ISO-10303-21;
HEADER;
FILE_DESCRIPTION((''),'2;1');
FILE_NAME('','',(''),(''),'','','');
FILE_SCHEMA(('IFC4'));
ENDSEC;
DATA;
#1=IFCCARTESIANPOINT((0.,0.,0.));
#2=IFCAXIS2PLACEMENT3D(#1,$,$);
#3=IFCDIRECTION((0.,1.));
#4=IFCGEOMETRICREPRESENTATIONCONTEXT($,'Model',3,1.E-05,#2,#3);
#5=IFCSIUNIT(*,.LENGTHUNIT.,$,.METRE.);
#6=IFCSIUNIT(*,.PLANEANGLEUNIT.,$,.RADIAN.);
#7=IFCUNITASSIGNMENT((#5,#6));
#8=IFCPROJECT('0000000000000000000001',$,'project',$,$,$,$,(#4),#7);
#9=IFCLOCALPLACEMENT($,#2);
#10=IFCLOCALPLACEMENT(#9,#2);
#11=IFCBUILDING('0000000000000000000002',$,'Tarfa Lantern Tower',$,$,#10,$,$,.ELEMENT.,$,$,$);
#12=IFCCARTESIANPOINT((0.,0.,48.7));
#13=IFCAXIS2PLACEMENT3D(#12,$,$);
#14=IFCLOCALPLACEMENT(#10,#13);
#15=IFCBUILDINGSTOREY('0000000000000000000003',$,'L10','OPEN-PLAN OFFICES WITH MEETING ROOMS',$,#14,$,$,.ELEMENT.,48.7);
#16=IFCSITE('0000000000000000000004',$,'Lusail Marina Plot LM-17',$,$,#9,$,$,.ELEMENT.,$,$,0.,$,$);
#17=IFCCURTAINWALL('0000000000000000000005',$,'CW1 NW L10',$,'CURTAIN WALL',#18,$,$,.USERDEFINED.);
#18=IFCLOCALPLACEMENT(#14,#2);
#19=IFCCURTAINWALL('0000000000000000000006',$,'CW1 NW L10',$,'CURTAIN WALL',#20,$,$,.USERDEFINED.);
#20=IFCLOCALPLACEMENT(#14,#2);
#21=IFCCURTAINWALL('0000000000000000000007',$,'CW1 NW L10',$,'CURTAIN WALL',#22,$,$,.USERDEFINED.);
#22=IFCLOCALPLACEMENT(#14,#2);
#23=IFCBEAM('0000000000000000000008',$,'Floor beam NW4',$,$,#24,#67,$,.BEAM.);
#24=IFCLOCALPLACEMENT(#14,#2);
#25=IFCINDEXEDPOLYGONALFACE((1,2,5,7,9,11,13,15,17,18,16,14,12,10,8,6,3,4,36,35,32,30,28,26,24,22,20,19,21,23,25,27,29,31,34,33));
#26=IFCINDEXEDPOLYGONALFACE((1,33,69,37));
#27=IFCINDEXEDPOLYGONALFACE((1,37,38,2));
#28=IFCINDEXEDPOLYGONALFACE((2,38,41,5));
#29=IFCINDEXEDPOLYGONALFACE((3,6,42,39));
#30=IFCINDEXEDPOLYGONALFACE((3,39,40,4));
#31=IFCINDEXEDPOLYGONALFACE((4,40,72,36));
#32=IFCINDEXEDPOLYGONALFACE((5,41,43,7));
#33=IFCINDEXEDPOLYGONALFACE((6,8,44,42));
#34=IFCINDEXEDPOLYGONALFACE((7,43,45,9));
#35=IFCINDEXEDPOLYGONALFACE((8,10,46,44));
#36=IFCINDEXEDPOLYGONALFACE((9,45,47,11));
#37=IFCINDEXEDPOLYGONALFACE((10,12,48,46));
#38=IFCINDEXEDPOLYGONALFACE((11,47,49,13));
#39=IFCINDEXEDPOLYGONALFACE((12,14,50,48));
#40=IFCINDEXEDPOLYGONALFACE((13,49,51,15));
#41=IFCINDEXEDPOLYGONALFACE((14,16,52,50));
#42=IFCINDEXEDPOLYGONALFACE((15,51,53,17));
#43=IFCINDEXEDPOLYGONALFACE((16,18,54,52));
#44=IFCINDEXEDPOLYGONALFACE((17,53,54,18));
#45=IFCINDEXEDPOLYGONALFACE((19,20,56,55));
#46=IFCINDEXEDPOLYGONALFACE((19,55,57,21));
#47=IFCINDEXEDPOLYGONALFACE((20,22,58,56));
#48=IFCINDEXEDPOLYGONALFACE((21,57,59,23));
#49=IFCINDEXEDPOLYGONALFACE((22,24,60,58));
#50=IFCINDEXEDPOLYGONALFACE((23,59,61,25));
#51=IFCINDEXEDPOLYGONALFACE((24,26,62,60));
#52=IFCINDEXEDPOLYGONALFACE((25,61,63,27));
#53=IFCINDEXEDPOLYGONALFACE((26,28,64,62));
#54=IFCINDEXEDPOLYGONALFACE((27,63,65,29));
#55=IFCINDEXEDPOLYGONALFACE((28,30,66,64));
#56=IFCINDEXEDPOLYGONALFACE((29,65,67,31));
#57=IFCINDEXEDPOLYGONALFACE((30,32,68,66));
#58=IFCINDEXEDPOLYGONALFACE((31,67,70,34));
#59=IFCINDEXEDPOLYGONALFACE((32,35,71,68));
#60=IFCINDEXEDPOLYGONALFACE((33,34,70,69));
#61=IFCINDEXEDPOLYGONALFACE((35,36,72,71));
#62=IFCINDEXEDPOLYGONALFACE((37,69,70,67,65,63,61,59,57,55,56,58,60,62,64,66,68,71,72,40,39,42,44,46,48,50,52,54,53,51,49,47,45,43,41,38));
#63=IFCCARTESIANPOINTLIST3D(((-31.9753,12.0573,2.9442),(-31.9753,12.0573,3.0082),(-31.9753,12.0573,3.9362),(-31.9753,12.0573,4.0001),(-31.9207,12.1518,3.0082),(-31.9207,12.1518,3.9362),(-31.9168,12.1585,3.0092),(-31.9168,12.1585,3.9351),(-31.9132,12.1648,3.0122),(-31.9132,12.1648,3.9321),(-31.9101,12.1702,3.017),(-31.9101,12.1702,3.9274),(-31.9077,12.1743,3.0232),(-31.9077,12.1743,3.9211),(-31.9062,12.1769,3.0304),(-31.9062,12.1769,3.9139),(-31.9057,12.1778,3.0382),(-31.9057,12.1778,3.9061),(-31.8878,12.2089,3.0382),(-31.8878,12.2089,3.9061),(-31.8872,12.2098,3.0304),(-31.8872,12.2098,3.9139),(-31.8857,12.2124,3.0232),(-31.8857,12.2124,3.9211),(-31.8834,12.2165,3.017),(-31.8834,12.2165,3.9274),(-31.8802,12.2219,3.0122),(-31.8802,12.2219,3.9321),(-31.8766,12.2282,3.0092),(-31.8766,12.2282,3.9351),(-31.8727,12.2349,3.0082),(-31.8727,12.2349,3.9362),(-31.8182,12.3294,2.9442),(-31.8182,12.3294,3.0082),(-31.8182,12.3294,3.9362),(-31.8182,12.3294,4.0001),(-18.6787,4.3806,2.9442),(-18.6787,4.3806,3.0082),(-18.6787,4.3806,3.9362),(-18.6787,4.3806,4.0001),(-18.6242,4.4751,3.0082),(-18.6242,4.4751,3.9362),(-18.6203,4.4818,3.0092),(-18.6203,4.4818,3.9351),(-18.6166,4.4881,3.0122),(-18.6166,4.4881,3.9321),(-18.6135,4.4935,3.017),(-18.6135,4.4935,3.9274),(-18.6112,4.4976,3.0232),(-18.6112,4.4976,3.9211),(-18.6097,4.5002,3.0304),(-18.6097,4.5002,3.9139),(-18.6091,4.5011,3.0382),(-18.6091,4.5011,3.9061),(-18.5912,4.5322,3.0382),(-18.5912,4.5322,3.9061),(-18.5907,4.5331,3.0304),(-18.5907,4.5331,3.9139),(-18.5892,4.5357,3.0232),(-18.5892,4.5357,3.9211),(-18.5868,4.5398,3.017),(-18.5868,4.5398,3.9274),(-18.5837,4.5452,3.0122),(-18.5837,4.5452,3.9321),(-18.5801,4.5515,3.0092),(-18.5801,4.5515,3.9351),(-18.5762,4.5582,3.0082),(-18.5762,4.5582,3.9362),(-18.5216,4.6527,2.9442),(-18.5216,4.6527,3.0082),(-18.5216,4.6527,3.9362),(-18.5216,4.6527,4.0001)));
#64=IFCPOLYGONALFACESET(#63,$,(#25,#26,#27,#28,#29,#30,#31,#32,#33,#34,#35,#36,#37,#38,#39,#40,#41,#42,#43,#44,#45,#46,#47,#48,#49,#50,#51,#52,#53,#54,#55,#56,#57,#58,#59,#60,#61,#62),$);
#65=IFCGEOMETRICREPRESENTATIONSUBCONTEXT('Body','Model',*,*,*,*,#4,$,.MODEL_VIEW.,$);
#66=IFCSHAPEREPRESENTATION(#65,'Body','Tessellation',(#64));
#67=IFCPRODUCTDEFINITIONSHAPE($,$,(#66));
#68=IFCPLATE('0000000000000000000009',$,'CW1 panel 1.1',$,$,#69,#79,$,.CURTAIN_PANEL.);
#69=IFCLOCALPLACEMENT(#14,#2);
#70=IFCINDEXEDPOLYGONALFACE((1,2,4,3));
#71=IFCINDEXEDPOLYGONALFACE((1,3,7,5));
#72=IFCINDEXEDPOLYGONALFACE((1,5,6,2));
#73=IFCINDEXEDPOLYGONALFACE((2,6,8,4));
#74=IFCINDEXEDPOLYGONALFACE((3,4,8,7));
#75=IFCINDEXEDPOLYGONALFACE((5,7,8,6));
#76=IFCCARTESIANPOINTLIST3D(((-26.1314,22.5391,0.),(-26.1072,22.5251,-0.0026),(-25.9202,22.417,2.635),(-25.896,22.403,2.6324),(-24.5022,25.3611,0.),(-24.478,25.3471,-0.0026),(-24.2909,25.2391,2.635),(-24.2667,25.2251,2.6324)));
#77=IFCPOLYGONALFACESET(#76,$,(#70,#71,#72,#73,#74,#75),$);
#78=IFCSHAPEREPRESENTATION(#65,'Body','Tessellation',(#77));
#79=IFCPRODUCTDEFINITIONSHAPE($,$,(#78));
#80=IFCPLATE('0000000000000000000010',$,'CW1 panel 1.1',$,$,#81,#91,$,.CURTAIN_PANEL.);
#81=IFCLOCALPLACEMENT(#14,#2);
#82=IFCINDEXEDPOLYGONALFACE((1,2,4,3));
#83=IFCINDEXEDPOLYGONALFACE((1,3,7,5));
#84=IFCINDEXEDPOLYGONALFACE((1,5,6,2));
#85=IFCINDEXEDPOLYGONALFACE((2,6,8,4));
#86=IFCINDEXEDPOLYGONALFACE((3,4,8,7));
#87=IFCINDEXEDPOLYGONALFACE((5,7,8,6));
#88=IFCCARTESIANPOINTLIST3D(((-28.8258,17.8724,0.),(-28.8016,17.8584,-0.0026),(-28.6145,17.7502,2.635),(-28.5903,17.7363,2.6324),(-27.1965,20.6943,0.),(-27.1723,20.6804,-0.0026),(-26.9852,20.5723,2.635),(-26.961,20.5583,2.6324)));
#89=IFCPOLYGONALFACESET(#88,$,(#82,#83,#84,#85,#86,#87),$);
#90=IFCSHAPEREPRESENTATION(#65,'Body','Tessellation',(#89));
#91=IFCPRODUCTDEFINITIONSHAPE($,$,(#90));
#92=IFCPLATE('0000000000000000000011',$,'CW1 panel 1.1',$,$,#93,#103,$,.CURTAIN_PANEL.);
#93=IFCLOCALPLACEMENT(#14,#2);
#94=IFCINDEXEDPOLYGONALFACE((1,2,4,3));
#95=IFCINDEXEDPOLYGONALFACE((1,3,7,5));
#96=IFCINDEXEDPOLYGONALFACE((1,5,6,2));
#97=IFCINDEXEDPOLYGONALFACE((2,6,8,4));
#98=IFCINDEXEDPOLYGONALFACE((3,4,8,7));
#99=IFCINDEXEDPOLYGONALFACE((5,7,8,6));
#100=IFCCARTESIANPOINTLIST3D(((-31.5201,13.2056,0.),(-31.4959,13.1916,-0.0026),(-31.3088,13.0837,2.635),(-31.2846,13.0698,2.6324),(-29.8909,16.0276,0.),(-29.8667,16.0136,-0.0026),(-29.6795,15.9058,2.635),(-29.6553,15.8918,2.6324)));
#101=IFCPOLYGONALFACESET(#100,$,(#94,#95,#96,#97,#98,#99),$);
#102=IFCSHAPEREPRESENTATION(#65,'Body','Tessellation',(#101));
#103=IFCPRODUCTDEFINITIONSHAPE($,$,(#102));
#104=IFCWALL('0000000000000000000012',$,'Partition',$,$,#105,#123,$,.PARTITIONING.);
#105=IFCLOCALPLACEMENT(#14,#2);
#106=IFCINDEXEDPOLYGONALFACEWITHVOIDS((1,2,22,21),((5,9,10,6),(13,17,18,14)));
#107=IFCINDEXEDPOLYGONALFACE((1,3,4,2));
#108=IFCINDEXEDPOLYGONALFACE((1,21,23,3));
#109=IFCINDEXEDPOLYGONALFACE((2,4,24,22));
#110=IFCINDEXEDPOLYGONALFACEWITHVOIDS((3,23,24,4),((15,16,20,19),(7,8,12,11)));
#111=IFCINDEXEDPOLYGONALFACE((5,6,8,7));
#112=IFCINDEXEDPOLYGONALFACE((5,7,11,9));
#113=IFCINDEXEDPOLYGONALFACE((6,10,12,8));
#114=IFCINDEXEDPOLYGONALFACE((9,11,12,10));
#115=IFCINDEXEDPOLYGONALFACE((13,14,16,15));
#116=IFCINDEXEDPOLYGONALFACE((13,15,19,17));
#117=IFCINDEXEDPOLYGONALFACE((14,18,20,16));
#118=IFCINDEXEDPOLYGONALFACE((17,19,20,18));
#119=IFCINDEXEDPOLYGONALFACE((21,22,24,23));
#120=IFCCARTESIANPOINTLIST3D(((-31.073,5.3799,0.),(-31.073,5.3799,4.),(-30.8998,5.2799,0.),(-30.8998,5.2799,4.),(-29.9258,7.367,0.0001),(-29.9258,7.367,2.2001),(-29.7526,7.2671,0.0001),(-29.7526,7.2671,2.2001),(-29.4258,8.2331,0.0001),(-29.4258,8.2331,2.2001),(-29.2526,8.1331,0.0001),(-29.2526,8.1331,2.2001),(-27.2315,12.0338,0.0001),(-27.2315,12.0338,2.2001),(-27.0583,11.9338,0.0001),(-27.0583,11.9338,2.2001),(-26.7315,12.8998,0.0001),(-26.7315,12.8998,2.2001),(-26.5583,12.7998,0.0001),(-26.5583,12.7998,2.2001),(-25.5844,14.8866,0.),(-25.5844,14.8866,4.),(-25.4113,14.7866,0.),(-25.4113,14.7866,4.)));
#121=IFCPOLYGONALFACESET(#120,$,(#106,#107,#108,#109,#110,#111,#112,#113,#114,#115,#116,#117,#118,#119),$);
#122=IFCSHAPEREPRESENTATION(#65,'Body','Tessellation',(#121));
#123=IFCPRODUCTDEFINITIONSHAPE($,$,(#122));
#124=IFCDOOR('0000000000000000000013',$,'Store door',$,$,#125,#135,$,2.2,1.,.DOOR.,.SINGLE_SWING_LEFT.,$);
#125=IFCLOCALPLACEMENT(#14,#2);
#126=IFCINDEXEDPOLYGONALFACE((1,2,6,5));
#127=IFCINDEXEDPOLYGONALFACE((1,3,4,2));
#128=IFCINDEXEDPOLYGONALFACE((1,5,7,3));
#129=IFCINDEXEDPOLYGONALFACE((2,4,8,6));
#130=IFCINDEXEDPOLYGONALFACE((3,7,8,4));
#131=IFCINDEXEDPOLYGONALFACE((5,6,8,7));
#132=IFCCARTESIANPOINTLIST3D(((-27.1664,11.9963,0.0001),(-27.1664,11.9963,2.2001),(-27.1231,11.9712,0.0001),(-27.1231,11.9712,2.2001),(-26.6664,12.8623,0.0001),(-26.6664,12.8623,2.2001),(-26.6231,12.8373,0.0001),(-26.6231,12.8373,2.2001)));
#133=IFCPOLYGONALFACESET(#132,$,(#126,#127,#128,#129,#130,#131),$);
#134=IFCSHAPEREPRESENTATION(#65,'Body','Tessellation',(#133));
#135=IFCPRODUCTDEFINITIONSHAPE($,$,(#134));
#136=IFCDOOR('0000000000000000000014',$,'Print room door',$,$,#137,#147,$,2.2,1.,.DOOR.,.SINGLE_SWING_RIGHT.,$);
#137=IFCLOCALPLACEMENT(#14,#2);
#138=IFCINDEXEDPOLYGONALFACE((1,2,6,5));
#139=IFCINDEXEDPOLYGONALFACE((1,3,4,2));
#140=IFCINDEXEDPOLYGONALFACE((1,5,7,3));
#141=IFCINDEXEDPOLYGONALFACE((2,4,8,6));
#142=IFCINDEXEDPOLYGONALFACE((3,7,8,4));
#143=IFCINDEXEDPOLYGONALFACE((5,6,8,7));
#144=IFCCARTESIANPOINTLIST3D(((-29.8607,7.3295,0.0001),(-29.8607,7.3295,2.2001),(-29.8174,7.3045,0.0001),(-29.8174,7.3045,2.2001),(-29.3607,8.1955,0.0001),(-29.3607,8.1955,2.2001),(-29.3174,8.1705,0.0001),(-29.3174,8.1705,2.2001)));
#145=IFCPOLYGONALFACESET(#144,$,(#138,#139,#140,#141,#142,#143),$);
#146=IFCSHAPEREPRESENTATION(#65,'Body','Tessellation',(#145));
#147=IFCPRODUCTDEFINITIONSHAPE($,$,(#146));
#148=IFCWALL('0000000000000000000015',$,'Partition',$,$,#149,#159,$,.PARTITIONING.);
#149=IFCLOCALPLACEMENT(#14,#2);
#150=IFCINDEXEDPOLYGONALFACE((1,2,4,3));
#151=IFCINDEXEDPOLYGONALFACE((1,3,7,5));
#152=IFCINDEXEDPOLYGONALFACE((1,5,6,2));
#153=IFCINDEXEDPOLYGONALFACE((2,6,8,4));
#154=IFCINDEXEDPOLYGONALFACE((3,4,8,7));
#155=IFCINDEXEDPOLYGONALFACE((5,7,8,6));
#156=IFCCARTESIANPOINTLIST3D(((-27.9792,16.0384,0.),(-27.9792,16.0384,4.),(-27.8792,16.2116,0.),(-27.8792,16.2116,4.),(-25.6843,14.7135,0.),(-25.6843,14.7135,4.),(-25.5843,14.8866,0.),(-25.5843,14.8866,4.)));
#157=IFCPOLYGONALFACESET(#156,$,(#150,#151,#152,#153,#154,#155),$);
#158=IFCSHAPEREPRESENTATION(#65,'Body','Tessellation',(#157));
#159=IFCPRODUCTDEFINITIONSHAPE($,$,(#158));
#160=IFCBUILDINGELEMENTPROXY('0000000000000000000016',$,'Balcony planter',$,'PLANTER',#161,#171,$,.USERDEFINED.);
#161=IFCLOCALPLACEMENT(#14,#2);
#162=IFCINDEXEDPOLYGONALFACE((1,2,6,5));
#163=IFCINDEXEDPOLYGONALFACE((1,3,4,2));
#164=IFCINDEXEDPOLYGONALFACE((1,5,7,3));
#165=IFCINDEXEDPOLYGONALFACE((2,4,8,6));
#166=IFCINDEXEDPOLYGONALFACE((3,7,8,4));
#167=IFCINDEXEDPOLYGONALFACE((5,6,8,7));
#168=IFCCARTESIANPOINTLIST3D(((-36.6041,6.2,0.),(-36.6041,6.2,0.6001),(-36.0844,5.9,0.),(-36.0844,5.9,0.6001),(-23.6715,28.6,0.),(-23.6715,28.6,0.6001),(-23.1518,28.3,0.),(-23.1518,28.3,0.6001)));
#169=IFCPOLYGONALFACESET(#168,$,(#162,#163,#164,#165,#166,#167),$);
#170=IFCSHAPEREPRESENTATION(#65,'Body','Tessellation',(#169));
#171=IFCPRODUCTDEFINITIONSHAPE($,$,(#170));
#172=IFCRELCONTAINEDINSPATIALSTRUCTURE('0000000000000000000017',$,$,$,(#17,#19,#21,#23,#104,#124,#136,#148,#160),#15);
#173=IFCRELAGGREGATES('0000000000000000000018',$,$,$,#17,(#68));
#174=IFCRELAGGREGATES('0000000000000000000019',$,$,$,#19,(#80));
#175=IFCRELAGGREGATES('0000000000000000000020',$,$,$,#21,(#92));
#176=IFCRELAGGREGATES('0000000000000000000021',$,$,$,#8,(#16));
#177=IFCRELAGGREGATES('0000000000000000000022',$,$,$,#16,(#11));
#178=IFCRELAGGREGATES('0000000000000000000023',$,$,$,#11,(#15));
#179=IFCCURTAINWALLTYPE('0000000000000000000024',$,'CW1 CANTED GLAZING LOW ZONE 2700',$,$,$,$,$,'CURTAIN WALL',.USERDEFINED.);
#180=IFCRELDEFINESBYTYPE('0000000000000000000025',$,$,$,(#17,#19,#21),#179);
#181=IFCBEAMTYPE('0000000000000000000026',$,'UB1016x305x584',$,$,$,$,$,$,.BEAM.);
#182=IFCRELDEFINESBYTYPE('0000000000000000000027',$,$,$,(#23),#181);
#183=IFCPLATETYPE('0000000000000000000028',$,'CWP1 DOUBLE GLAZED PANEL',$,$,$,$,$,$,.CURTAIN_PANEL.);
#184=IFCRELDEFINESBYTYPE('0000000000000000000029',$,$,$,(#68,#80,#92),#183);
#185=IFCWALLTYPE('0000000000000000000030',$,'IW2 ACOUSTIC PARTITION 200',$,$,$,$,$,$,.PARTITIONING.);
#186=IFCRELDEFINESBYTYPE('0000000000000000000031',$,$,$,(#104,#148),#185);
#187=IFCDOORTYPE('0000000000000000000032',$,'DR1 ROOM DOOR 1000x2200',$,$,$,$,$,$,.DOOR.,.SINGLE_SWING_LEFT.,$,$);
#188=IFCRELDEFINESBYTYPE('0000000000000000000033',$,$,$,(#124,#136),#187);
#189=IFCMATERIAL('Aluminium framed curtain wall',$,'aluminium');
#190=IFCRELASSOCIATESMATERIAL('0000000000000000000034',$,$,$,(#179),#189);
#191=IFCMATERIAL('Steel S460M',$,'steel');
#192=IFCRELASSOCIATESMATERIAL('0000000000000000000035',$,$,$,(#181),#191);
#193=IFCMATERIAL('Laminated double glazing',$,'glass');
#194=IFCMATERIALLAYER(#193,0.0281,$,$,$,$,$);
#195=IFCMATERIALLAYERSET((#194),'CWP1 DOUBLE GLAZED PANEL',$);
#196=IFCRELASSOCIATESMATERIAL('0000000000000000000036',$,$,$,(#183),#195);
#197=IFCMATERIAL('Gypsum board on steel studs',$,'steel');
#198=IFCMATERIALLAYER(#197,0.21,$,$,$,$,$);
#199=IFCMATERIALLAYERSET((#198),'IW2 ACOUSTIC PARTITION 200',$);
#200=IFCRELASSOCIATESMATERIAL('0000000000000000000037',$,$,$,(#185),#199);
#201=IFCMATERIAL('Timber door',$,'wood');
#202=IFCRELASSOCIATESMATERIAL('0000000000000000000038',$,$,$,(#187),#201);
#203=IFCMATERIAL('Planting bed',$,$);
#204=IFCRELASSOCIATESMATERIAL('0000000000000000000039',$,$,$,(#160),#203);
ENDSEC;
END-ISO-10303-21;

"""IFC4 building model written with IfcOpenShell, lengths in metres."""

from ifc_helpers import new_model, si_unit, direction, frame, frame_2d, origin, origin_2d, place, context, subcontext, project, spatial, polyline, rectangle, i_section, outline, extrude, material, layer, layer_set, material_profile, profile_set, type_object, element, fill, aggregate, save


model = new_model("IFC4")

# Units and contexts
model_context = context("Model", 3, precision=1e-05, world=origin(), true_north=direction((0.0, 1.0)))
body_context = subcontext(model_context, "Body", "Model", "MODEL_VIEW")
ifc_project = project(units=[si_unit("LENGTHUNIT", "METRE"), si_unit("PLANEANGLEUNIT", "RADIAN")], contexts=[model_context])

# Site, building, storey
site_placement = place(None, origin())
site = spatial("IfcSite", under=ifc_project, at=site_placement, Name="Lusail Marina Plot LM-17", CompositionType="ELEMENT", RefElevation=0.0)
building_placement = place(site_placement, origin())
building = spatial("IfcBuilding", under=site, at=building_placement, Name="Tarfa Lantern Tower", CompositionType="ELEMENT")
storey_placement = place(building_placement, frame((0.0, 0.0, 48.7)))
storey = spatial("IfcBuildingStorey", under=building, at=storey_placement, Name="L10", Description="OPEN-PLAN OFFICES WITH MEETING ROOMS", CompositionType="ELEMENT", Elevation=48.7)

# Curtain walls
ifc_material_1 = material(Name="Aluminium framed curtain wall", Category="aluminium")
curtain_wall_type = type_object("IfcCurtainWallType", Name="CW1 CANTED GLAZING LOW ZONE 2700", ElementType="CURTAIN WALL", PredefinedType="USERDEFINED", material=ifc_material_1)
curtain_wall_1_placement = place(storey_placement, origin())
curtain_wall_1 = element("IfcCurtainWall", 1, at=curtain_wall_1_placement, inside=storey, type_object=curtain_wall_type, Name="CW1 NW L10", ObjectType="CURTAIN WALL", PredefinedType="USERDEFINED")
curtain_wall_2_placement = place(storey_placement, origin())
curtain_wall_2 = element("IfcCurtainWall", 2, at=curtain_wall_2_placement, inside=storey, type_object=curtain_wall_type, Name="CW1 NW L10", ObjectType="CURTAIN WALL", PredefinedType="USERDEFINED")
curtain_wall_3_placement = place(storey_placement, origin())
curtain_wall_3 = element("IfcCurtainWall", 3, at=curtain_wall_3_placement, inside=storey, type_object=curtain_wall_type, Name="CW1 NW L10", ObjectType="CURTAIN WALL", PredefinedType="USERDEFINED")

# Beam
ifc_material_2 = material(Name="Steel S460M", Category="steel")
ifc_material_profile_1 = material_profile(ifc_material_2, i_section(OverallWidth=0.3142, OverallDepth=1.0559, WebThickness=0.0359, FlangeThickness=0.064, FilletRadius=0.03, at=origin_2d()), Name="UB1016x305x584")
ifc_profile_set_1 = profile_set([ifc_material_profile_1], Name="Steel S460M")
beam_type_1 = type_object("IfcBeamType", Name="UB1016x305x584", PredefinedType="BEAM", material=ifc_profile_set_1)
beam_1_placement = place(storey_placement, frame((-31.8967, 12.1934, 3.4722), z_axis=(0.866027, -0.499997, 0.0), x_axis=(0.499997, 0.866027, 0.0)))
element("IfcBeam", 4, at=beam_1_placement, inside=storey, type_object=beam_type_1, Name="Floor beam NW4", PredefinedType="BEAM", context=body_context, shape_type="SweptSolid", body=[
    extrude(i_section(OverallWidth=0.3142, OverallDepth=1.0559, WebThickness=0.0359, FlangeThickness=0.064, FilletRadius=0.03, at=origin_2d()), origin(), (0.0, 0.0, 1.0), 15.3535),
])

# Plates
ifc_material_3 = material(Name="Laminated double glazing", Category="glass")
ifc_layer_1 = layer(ifc_material_3, 0.0281)
ifc_layer_set_1 = layer_set([ifc_layer_1], Name="CWP1 DOUBLE GLAZED PANEL")
plate_type = type_object("IfcPlateType", Name="CWP1 DOUBLE GLAZED PANEL", PredefinedType="CURTAIN_PANEL", material=ifc_layer_set_1)
plate_1_placement = place(storey_placement, frame((-24.5022, 25.3611, 0.0), z_axis=(-0.862338, 0.497864, 0.092216), x_axis=(-0.499995, -0.866029, 0.000003)))
plate_1 = element("IfcPlate", 5, at=plate_1_placement, type_object=plate_type, Name="CW1 panel 1.1", PredefinedType="CURTAIN_PANEL", context=body_context, shape_type="SweptSolid", body=[
    extrude(outline(polyline([(0.0, 0.0), (3.2585, 0.0), (3.2587, 2.6463), (0.0, 2.6463), (0.0, 0.0)])), origin(), (0.0, 0.0, -1.0), 0.0281),
])
aggregate(curtain_wall_1, [plate_1])
plate_2_placement = place(storey_placement, frame((-27.1965, 20.6943, 0.0), z_axis=(-0.862338, 0.497864, 0.092216), x_axis=(-0.499995, -0.866029, 0.000003)))
plate_2 = element("IfcPlate", 6, at=plate_2_placement, type_object=plate_type, Name="CW1 panel 1.1", PredefinedType="CURTAIN_PANEL", context=body_context, shape_type="SweptSolid", body=[
    extrude(outline(polyline([(0.0, 0.0), (3.2585, 0.0), (3.2587, 2.6463), (0.0, 2.6463), (0.0, 0.0)])), origin(), (0.0, 0.0, -1.0), 0.0281),
])
aggregate(curtain_wall_2, [plate_2])
plate_3_placement = place(storey_placement, frame((-29.8909, 16.0276, 0.0), z_axis=(-0.862342, 0.497867, 0.09217), x_axis=(-0.499995, -0.866029, 0.000003)))
plate_3 = element("IfcPlate", 7, at=plate_3_placement, type_object=plate_type, Name="CW1 panel 1.1", PredefinedType="CURTAIN_PANEL", context=body_context, shape_type="SweptSolid", body=[
    extrude(outline(polyline([(0.0, 0.0), (3.2585, 0.0), (3.2584, 2.6463), (-0.0002, 2.6463), (0.0, 0.0)])), origin(), (0.0, 0.0, -1.0), 0.0281),
])
aggregate(curtain_wall_3, [plate_3])

# Wall, openings, doors
ifc_material_4 = material(Name="Gypsum board on steel studs", Category="steel")
ifc_layer_2 = layer(ifc_material_4, 0.21)
ifc_layer_set_2 = layer_set([ifc_layer_2], Name="IW2 ACOUSTIC PARTITION 200")
wall_type = type_object("IfcWallType", Name="IW2 ACOUSTIC PARTITION 200", PredefinedType="PARTITIONING", material=ifc_layer_set_2)
wall_1_placement = place(storey_placement, frame((-25.4978, 14.8367, 0.0), z_axis=(0.0, 0.0, 1.0), x_axis=(-0.499993, -0.86603, 0.0)))
wall_1 = element("IfcWall", 8, at=wall_1_placement, inside=storey, type_object=wall_type, Name="Partition", PredefinedType="PARTITIONING", context=body_context, shape_type="SweptSolid", body=[
    extrude(rectangle(XDim=10.9773, YDim=0.2, at=frame_2d((5.4888, 0.0))), origin(), (0.0, 0.0, 1.0), 4.0),
])
opening_1_placement = place(wall_1_placement, frame((2.2942, 0.0, 0.0)))
opening_1 = element("IfcOpeningElement", 9, at=opening_1_placement, cuts=wall_1, PredefinedType="OPENING", context=body_context, shape_type="SweptSolid", body=[
    extrude(rectangle(XDim=1.0, YDim=2.2, at=frame_2d((0.5, 1.1001))), frame((0.0, 0.1099, 0.0), z_axis=(0.0, -1.0, 0.0), x_axis=(1.0, 0.0, 0.0)), (0.0, 0.0, 1.0), 0.22),
])
opening_2_placement = place(wall_1_placement, frame((7.6829, 0.0, 0.0)))
opening_2 = element("IfcOpeningElement", 10, at=opening_2_placement, cuts=wall_1, PredefinedType="OPENING", context=body_context, shape_type="SweptSolid", body=[
    extrude(rectangle(XDim=1.0, YDim=2.2, at=frame_2d((0.5, 1.1001))), frame((0.0, 0.1099, 0.0), z_axis=(0.0, -1.0, 0.0), x_axis=(1.0, 0.0, 0.0)), (0.0, 0.0, 1.0), 0.22),
])
ifc_material_5 = material(Name="Timber door", Category="wood")
door_type = type_object("IfcDoorType", Name="DR1 ROOM DOOR 1000x2200", OperationType="SINGLE_SWING_LEFT", PredefinedType="DOOR", material=ifc_material_5)
door_1_placement = place(opening_1_placement, frame((1.0, 0.0, 0.0), z_axis=(0.0, 0.0, 1.0), x_axis=(-1.0, 0.0, 0.0)))
door_1 = element("IfcDoor", 11, at=door_1_placement, inside=storey, type_object=door_type, Name="Store door", OperationType="SINGLE_SWING_LEFT", OverallHeight=2.2, OverallWidth=1.0, PredefinedType="DOOR", context=body_context, shape_type="SweptSolid", body=[
    extrude(rectangle(XDim=1.0, YDim=2.2, at=frame_2d((0.5, 1.1001))), frame((0.0, 0.0249, 0.0), z_axis=(0.0, -1.0, 0.0), x_axis=(1.0, 0.0, 0.0)), (0.0, 0.0, 1.0), 0.05),
])
fill(opening_1, door_1)
door_2_placement = place(opening_2_placement, frame((1.0, 0.0, 0.0), z_axis=(0.0, 0.0, 1.0), x_axis=(-1.0, 0.0, 0.0)))
door_2 = element("IfcDoor", 12, at=door_2_placement, inside=storey, type_object=door_type, Name="Print room door", OperationType="SINGLE_SWING_RIGHT", OverallHeight=2.2, OverallWidth=1.0, PredefinedType="DOOR", context=body_context, shape_type="SweptSolid", body=[
    extrude(rectangle(XDim=1.0, YDim=2.2, at=frame_2d((0.5, 1.1001))), frame((0.0, 0.0249, 0.0), z_axis=(0.0, -1.0, 0.0), x_axis=(1.0, 0.0, 0.0)), (0.0, 0.0, 1.0), 0.05),
])
fill(opening_2, door_2)

# Wall
wall_2_placement = place(storey_placement, frame((-25.6343, 14.8, 0.0), z_axis=(0.0, 0.0, 1.0), x_axis=(-0.866029, 0.499994, 0.0)))
element("IfcWall", 13, at=wall_2_placement, inside=storey, type_object=wall_type, Name="Partition", PredefinedType="PARTITIONING", context=body_context, shape_type="SweptSolid", body=[
    extrude(rectangle(XDim=2.6499, YDim=0.2, at=frame_2d((1.325, 0.0))), origin(), (0.0, 0.0, 1.0), 4.0),
])

# Building element proxy
ifc_material_6 = material(Name="Planting bed")
proxy_placement = place(storey_placement, frame((-29.8779, 17.25, 0.0), z_axis=(0.0, 0.0, 1.0), x_axis=(-0.5, -0.866025, 0.0)))
element("IfcBuildingElementProxy", 14, at=proxy_placement, inside=storey, material=ifc_material_6, Name="Balcony planter", ObjectType="PLANTER", PredefinedType="USERDEFINED", context=body_context, shape_type="SweptSolid", body=[
    extrude(rectangle(XDim=25.8652, YDim=0.6001, at=origin_2d()), origin(), (0.0, 0.0, 1.0), 0.6001),
])

save(model, "model.ifc")
